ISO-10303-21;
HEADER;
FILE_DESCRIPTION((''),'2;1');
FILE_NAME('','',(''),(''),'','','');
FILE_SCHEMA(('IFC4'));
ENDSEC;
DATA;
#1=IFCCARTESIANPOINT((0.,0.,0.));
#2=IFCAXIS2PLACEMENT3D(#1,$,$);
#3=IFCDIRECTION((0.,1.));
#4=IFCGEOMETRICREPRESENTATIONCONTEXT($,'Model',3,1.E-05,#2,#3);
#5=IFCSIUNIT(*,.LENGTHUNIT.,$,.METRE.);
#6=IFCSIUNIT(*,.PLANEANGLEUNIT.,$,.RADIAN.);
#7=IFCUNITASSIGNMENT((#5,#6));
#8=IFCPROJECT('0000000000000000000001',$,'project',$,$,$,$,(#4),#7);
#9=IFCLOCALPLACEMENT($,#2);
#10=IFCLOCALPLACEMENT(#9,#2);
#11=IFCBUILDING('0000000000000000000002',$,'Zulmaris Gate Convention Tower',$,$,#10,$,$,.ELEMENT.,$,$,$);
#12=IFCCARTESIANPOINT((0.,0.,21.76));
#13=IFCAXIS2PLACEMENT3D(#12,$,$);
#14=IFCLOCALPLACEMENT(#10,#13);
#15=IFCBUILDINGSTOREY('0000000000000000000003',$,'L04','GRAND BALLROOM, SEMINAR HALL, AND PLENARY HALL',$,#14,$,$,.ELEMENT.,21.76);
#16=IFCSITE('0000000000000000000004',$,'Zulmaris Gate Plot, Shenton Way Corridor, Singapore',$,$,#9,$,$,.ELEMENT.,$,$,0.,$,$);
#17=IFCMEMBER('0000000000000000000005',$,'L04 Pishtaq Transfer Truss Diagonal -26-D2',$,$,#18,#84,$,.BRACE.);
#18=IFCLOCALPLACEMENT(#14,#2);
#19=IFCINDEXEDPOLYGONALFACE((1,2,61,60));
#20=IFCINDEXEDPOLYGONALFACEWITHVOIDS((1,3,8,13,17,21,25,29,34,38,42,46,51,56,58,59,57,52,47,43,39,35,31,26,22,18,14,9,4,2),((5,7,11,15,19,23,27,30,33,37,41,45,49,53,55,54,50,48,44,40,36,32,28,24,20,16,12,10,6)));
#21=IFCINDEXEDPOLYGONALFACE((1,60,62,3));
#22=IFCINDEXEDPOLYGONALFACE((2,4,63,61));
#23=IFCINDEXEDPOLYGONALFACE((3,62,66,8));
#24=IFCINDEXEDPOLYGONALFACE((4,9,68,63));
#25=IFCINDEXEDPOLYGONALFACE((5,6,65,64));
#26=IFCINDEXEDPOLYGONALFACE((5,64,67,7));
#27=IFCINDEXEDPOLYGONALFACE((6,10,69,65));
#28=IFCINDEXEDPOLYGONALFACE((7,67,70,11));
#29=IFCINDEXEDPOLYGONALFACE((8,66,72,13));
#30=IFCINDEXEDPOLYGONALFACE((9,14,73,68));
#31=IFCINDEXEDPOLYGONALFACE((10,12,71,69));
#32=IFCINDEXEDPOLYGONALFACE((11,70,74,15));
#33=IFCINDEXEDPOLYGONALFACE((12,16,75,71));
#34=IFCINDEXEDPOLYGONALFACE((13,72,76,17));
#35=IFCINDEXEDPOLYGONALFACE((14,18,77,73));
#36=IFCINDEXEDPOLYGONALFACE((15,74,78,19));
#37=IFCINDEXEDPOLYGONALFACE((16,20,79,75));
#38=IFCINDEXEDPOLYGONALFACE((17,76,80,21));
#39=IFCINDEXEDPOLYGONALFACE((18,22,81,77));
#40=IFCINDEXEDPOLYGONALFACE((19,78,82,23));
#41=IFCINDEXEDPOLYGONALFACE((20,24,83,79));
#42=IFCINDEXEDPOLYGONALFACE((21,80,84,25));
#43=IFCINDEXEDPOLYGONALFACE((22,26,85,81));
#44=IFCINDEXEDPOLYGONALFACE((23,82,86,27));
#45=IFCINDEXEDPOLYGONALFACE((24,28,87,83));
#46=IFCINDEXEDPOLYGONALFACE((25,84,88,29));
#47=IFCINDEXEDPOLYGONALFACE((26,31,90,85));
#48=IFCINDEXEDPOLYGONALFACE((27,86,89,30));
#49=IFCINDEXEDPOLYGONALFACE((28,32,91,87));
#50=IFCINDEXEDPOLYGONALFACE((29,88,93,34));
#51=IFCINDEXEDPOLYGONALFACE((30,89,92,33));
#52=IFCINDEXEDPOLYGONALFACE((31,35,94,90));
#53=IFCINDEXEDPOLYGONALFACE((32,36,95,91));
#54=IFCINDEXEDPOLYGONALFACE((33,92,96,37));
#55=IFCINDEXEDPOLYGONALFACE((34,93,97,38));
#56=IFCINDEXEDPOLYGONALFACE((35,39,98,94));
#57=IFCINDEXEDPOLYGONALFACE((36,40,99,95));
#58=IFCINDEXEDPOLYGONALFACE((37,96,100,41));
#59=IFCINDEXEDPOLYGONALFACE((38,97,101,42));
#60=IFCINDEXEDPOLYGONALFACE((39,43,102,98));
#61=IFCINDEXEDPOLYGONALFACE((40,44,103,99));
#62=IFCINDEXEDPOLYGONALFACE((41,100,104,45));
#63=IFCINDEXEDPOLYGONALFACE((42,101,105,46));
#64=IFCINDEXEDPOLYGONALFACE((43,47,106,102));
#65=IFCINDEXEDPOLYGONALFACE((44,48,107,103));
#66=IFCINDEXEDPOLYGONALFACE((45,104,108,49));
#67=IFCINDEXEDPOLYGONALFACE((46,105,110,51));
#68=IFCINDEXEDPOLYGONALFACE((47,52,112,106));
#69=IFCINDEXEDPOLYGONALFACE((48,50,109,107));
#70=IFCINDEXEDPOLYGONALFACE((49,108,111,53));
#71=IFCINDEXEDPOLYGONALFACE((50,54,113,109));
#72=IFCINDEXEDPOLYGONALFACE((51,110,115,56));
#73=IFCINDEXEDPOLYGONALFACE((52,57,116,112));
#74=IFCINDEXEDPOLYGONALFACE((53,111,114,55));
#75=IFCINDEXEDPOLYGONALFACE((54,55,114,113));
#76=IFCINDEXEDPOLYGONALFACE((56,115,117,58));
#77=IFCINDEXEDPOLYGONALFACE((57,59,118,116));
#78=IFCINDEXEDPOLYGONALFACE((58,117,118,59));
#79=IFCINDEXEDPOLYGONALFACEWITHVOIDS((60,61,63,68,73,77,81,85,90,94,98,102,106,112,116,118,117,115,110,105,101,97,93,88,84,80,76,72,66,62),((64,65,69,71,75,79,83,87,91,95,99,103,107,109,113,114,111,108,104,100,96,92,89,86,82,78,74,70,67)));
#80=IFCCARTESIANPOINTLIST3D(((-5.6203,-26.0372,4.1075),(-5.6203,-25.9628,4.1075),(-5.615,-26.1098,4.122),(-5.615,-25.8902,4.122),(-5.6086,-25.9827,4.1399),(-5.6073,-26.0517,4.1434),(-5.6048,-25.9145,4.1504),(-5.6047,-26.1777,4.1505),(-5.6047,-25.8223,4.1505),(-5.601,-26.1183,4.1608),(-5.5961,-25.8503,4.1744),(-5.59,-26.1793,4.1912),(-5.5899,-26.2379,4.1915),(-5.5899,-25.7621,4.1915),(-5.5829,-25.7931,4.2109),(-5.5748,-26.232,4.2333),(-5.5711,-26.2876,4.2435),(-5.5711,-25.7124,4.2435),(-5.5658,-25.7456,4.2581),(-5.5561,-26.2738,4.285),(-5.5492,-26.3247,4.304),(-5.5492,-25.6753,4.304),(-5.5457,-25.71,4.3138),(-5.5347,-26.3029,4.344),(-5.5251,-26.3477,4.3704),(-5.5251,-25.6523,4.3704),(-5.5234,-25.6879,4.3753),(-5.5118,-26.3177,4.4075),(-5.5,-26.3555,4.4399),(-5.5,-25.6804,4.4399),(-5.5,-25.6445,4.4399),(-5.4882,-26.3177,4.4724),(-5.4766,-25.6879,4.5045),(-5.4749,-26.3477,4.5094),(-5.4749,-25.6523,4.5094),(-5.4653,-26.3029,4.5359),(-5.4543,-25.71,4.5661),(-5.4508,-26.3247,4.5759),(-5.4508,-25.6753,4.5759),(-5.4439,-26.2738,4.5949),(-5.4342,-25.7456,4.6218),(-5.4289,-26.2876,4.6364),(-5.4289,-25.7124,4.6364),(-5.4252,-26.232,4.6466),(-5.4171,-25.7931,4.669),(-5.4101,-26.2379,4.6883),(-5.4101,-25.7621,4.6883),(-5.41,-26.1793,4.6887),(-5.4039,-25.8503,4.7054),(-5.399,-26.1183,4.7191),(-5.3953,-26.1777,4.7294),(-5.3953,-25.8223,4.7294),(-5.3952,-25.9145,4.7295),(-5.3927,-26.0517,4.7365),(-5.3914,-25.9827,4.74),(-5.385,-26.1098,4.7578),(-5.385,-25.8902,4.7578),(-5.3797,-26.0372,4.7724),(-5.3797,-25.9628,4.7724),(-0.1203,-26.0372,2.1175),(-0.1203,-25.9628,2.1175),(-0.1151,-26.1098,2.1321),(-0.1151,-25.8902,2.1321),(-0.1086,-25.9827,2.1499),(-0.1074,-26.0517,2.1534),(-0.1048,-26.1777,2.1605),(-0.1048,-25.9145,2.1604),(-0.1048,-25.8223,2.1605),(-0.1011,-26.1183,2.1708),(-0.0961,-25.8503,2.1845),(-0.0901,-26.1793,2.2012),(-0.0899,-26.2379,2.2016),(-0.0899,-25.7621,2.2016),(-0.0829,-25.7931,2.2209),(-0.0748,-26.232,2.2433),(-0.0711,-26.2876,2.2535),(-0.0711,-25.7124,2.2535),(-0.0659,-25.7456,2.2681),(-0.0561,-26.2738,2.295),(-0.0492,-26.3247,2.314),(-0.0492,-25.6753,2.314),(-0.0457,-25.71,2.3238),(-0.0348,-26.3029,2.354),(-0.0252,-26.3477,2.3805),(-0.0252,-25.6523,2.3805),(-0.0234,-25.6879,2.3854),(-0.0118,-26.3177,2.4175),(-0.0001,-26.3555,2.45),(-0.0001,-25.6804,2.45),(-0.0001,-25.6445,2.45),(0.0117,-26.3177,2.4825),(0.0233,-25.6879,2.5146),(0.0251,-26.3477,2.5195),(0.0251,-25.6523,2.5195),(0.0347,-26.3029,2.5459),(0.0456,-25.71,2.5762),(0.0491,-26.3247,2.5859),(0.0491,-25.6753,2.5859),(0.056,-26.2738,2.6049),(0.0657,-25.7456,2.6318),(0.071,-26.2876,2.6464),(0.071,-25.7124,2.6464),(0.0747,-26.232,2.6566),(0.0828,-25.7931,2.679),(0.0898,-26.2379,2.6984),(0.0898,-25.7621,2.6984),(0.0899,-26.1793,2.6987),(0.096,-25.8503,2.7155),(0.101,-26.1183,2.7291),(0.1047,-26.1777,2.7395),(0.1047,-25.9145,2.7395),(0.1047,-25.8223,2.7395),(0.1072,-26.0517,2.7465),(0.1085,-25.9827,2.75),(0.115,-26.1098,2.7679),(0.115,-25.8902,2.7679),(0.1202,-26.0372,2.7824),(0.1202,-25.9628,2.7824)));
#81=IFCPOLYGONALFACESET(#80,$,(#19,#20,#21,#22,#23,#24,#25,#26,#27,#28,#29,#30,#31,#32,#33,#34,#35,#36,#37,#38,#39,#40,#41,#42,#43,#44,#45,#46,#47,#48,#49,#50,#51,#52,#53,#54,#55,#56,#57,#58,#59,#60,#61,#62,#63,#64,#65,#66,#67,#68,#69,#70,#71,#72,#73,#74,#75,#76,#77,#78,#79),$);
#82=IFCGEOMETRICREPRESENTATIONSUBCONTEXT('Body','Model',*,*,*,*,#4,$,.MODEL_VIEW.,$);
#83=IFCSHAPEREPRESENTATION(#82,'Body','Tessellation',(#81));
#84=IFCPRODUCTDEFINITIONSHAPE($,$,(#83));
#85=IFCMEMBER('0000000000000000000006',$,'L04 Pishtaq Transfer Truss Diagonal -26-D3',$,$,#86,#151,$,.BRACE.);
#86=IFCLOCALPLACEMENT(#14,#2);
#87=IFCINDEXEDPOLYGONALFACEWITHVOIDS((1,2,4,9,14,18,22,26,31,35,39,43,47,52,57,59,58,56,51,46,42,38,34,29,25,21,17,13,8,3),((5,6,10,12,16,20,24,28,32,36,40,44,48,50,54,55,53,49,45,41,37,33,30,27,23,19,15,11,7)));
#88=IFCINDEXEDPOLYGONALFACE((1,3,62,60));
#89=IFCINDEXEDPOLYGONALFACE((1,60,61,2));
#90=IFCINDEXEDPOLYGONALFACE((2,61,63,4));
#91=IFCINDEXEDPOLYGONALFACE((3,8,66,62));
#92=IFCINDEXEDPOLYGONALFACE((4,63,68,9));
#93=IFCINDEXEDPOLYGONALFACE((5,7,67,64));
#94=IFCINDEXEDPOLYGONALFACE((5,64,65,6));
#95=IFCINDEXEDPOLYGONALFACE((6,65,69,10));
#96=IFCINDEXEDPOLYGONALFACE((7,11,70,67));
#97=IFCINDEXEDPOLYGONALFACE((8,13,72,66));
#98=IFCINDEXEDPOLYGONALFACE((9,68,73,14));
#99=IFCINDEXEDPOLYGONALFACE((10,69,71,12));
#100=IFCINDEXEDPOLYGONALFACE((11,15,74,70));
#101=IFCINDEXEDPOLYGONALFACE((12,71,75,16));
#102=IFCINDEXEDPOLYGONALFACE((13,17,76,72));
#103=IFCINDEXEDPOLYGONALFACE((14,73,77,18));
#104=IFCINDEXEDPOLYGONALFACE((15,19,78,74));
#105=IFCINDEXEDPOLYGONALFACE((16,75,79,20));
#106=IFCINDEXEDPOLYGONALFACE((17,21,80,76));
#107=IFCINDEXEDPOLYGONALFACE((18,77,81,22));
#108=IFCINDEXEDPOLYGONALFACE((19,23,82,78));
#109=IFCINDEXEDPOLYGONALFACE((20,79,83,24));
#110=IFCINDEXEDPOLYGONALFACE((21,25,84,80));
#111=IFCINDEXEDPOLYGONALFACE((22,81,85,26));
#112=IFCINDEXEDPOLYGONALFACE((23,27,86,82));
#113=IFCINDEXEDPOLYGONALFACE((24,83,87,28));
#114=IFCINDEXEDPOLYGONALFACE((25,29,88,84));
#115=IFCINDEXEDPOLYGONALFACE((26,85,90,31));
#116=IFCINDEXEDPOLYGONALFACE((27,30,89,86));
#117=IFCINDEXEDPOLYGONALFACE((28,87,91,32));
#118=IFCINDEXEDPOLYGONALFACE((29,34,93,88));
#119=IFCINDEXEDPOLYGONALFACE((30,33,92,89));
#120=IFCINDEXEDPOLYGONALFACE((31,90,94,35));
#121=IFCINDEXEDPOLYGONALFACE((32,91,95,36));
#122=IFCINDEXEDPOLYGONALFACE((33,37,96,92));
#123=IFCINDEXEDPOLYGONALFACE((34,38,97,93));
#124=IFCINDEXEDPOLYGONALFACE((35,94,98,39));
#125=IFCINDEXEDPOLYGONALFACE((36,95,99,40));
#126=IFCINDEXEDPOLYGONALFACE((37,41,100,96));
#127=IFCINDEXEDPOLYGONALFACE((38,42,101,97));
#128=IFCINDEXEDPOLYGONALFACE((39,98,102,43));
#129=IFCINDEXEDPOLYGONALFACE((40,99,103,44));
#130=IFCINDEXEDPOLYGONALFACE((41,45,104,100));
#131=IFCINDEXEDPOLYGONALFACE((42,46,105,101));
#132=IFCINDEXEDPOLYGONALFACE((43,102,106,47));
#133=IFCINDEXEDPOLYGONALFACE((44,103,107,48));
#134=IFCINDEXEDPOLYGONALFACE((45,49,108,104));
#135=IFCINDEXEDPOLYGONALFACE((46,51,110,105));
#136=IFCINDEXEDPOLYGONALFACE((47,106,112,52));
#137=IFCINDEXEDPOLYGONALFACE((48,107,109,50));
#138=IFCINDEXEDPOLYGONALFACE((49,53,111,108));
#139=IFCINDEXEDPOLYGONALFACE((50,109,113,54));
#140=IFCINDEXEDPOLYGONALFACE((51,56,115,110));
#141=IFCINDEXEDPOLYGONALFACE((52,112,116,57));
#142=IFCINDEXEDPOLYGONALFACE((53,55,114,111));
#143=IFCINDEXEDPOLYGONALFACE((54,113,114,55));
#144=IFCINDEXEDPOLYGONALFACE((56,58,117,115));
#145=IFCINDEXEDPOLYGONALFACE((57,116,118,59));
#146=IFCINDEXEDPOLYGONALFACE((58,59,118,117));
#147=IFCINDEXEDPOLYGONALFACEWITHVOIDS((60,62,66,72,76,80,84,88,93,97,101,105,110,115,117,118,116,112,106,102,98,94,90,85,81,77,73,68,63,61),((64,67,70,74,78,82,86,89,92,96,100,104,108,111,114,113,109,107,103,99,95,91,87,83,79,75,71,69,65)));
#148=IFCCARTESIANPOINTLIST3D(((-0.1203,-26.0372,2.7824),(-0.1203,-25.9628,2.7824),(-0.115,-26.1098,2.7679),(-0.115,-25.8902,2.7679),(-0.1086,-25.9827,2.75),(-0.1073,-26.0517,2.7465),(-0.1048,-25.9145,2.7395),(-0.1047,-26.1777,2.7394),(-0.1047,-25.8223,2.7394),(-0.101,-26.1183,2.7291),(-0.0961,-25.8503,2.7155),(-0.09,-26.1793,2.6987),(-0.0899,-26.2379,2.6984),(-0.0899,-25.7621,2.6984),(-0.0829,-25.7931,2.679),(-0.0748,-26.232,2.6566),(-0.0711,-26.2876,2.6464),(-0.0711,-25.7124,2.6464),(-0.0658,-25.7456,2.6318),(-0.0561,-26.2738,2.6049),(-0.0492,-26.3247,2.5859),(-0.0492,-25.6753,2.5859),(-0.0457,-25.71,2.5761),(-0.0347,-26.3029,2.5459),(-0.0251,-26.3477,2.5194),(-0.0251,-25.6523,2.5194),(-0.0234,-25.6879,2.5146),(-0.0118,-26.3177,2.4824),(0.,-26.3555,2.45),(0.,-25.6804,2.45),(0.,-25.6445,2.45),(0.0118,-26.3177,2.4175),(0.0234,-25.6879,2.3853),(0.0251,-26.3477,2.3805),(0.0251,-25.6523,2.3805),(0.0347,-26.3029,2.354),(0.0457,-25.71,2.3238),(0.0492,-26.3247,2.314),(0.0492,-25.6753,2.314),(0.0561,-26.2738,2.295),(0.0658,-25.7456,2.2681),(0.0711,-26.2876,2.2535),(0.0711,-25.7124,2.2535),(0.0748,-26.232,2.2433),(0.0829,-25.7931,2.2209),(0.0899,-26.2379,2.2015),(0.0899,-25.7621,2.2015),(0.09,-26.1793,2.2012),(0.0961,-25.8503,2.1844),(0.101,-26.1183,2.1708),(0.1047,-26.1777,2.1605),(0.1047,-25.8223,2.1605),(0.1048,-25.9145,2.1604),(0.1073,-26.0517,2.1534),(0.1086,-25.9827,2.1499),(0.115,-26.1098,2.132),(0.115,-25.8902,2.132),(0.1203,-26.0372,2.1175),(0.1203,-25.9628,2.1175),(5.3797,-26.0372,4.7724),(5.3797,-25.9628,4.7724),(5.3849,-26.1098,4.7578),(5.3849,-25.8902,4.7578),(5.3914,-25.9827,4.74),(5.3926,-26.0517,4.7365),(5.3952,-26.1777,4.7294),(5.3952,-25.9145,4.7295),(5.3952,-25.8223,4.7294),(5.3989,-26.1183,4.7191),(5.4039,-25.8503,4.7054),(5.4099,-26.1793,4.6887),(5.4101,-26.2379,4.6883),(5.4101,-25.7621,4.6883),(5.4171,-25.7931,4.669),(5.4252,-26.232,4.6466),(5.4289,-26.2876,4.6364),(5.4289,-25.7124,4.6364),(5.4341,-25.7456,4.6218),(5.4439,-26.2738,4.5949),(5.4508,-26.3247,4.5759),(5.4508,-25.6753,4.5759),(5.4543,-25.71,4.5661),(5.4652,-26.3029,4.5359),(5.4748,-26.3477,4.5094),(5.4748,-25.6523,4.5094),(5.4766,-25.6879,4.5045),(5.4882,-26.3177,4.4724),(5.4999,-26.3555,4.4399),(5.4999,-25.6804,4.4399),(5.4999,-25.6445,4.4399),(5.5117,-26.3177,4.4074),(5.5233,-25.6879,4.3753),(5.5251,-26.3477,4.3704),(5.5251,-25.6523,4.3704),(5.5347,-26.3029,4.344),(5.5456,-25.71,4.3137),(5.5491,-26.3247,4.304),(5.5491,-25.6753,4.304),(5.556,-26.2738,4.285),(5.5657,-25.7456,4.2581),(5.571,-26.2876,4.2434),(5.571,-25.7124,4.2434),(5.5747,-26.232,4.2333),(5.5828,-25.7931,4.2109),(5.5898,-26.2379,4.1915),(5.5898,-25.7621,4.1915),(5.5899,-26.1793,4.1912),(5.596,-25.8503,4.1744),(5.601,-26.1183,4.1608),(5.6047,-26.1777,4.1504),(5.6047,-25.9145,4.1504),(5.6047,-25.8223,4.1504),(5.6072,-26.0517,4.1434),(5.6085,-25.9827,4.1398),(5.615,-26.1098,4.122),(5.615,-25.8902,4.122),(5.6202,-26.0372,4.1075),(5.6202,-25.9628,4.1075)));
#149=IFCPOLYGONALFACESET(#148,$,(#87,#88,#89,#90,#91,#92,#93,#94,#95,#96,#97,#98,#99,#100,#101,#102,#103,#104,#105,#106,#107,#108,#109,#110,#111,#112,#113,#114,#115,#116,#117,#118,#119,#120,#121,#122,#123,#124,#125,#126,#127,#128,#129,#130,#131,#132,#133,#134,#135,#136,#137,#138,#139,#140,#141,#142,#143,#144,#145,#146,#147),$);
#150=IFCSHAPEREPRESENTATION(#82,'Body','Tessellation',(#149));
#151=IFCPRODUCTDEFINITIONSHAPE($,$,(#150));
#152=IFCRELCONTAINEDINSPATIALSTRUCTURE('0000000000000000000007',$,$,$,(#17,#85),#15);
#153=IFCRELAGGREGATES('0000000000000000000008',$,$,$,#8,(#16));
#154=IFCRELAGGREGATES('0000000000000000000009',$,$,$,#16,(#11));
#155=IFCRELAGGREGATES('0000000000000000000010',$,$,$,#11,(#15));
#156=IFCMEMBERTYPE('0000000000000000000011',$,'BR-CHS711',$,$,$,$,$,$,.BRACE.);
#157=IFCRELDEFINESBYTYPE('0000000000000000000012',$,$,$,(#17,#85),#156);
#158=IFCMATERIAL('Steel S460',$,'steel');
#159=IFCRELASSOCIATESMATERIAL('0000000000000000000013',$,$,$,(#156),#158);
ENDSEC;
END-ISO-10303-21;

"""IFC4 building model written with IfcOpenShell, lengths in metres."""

from ifc_helpers import new_model, si_unit, direction, frame, origin, origin_2d, place, context, subcontext, project, spatial, hollow_circle, extrude, material, material_profile, profile_set, type_object, element, save


model = new_model("IFC4")

# Units and contexts
model_context = context("Model", 3, precision=1e-05, world=origin(), true_north=direction((0.0, 1.0)))
body_context = subcontext(model_context, "Body", "Model", "MODEL_VIEW")
ifc_project = project(units=[si_unit("LENGTHUNIT", "METRE"), si_unit("PLANEANGLEUNIT", "RADIAN")], contexts=[model_context])

# Site, building, storey
site_placement = place(None, origin())
site = spatial("IfcSite", under=ifc_project, at=site_placement, Name="Zulmaris Gate Plot, Shenton Way Corridor, Singapore", CompositionType="ELEMENT", RefElevation=0.0)
building_placement = place(site_placement, origin())
building = spatial("IfcBuilding", under=site, at=building_placement, Name="Zulmaris Gate Convention Tower", CompositionType="ELEMENT")
storey_placement = place(building_placement, frame((0.0, 0.0, 21.76)))
storey = spatial("IfcBuildingStorey", under=building, at=storey_placement, Name="L04", Description="GRAND BALLROOM, SEMINAR HALL, AND PLENARY HALL", CompositionType="ELEMENT", Elevation=21.76)

# Members
ifc_material_1 = material(Name="Steel S460", Category="steel")
ifc_material_profile_1 = material_profile(ifc_material_1, hollow_circle(Radius=0.3555, WallThickness=0.0359, at=origin_2d()), Name="CHS 711x36")
ifc_profile_set_1 = profile_set([ifc_material_profile_1], Name="Steel S460")
member_type_1 = type_object("IfcMemberType", Name="BR-CHS711", PredefinedType="BRACE", material=ifc_profile_set_1)
for number, where, z_axis, x_axis, name in (
    (1, (-5.5, -26.0, 4.4399), (0.940342, 0.0, -0.340231), (0.0, 1.0, 0.0), "L04 Pishtaq Transfer Truss Diagonal -26-D2"),
    (2, (0.0, -26.0, 2.45), (0.940342, 0.0, 0.340231), (0.0, 1.0, 0.0), "L04 Pishtaq Transfer Truss Diagonal -26-D3"),
):
    element("IfcMember", number, at=place(storey_placement, frame(where, z_axis=z_axis, x_axis=x_axis)), inside=storey, type_object=member_type_1, Name=name, PredefinedType="BRACE", context=body_context, shape_type="SweptSolid", body=[
        extrude(hollow_circle(Radius=0.3555, WallThickness=0.0359, at=origin_2d()), origin(), (0.0, 0.0, 1.0), 5.8489),
    ])

save(model, "model.ifc")
